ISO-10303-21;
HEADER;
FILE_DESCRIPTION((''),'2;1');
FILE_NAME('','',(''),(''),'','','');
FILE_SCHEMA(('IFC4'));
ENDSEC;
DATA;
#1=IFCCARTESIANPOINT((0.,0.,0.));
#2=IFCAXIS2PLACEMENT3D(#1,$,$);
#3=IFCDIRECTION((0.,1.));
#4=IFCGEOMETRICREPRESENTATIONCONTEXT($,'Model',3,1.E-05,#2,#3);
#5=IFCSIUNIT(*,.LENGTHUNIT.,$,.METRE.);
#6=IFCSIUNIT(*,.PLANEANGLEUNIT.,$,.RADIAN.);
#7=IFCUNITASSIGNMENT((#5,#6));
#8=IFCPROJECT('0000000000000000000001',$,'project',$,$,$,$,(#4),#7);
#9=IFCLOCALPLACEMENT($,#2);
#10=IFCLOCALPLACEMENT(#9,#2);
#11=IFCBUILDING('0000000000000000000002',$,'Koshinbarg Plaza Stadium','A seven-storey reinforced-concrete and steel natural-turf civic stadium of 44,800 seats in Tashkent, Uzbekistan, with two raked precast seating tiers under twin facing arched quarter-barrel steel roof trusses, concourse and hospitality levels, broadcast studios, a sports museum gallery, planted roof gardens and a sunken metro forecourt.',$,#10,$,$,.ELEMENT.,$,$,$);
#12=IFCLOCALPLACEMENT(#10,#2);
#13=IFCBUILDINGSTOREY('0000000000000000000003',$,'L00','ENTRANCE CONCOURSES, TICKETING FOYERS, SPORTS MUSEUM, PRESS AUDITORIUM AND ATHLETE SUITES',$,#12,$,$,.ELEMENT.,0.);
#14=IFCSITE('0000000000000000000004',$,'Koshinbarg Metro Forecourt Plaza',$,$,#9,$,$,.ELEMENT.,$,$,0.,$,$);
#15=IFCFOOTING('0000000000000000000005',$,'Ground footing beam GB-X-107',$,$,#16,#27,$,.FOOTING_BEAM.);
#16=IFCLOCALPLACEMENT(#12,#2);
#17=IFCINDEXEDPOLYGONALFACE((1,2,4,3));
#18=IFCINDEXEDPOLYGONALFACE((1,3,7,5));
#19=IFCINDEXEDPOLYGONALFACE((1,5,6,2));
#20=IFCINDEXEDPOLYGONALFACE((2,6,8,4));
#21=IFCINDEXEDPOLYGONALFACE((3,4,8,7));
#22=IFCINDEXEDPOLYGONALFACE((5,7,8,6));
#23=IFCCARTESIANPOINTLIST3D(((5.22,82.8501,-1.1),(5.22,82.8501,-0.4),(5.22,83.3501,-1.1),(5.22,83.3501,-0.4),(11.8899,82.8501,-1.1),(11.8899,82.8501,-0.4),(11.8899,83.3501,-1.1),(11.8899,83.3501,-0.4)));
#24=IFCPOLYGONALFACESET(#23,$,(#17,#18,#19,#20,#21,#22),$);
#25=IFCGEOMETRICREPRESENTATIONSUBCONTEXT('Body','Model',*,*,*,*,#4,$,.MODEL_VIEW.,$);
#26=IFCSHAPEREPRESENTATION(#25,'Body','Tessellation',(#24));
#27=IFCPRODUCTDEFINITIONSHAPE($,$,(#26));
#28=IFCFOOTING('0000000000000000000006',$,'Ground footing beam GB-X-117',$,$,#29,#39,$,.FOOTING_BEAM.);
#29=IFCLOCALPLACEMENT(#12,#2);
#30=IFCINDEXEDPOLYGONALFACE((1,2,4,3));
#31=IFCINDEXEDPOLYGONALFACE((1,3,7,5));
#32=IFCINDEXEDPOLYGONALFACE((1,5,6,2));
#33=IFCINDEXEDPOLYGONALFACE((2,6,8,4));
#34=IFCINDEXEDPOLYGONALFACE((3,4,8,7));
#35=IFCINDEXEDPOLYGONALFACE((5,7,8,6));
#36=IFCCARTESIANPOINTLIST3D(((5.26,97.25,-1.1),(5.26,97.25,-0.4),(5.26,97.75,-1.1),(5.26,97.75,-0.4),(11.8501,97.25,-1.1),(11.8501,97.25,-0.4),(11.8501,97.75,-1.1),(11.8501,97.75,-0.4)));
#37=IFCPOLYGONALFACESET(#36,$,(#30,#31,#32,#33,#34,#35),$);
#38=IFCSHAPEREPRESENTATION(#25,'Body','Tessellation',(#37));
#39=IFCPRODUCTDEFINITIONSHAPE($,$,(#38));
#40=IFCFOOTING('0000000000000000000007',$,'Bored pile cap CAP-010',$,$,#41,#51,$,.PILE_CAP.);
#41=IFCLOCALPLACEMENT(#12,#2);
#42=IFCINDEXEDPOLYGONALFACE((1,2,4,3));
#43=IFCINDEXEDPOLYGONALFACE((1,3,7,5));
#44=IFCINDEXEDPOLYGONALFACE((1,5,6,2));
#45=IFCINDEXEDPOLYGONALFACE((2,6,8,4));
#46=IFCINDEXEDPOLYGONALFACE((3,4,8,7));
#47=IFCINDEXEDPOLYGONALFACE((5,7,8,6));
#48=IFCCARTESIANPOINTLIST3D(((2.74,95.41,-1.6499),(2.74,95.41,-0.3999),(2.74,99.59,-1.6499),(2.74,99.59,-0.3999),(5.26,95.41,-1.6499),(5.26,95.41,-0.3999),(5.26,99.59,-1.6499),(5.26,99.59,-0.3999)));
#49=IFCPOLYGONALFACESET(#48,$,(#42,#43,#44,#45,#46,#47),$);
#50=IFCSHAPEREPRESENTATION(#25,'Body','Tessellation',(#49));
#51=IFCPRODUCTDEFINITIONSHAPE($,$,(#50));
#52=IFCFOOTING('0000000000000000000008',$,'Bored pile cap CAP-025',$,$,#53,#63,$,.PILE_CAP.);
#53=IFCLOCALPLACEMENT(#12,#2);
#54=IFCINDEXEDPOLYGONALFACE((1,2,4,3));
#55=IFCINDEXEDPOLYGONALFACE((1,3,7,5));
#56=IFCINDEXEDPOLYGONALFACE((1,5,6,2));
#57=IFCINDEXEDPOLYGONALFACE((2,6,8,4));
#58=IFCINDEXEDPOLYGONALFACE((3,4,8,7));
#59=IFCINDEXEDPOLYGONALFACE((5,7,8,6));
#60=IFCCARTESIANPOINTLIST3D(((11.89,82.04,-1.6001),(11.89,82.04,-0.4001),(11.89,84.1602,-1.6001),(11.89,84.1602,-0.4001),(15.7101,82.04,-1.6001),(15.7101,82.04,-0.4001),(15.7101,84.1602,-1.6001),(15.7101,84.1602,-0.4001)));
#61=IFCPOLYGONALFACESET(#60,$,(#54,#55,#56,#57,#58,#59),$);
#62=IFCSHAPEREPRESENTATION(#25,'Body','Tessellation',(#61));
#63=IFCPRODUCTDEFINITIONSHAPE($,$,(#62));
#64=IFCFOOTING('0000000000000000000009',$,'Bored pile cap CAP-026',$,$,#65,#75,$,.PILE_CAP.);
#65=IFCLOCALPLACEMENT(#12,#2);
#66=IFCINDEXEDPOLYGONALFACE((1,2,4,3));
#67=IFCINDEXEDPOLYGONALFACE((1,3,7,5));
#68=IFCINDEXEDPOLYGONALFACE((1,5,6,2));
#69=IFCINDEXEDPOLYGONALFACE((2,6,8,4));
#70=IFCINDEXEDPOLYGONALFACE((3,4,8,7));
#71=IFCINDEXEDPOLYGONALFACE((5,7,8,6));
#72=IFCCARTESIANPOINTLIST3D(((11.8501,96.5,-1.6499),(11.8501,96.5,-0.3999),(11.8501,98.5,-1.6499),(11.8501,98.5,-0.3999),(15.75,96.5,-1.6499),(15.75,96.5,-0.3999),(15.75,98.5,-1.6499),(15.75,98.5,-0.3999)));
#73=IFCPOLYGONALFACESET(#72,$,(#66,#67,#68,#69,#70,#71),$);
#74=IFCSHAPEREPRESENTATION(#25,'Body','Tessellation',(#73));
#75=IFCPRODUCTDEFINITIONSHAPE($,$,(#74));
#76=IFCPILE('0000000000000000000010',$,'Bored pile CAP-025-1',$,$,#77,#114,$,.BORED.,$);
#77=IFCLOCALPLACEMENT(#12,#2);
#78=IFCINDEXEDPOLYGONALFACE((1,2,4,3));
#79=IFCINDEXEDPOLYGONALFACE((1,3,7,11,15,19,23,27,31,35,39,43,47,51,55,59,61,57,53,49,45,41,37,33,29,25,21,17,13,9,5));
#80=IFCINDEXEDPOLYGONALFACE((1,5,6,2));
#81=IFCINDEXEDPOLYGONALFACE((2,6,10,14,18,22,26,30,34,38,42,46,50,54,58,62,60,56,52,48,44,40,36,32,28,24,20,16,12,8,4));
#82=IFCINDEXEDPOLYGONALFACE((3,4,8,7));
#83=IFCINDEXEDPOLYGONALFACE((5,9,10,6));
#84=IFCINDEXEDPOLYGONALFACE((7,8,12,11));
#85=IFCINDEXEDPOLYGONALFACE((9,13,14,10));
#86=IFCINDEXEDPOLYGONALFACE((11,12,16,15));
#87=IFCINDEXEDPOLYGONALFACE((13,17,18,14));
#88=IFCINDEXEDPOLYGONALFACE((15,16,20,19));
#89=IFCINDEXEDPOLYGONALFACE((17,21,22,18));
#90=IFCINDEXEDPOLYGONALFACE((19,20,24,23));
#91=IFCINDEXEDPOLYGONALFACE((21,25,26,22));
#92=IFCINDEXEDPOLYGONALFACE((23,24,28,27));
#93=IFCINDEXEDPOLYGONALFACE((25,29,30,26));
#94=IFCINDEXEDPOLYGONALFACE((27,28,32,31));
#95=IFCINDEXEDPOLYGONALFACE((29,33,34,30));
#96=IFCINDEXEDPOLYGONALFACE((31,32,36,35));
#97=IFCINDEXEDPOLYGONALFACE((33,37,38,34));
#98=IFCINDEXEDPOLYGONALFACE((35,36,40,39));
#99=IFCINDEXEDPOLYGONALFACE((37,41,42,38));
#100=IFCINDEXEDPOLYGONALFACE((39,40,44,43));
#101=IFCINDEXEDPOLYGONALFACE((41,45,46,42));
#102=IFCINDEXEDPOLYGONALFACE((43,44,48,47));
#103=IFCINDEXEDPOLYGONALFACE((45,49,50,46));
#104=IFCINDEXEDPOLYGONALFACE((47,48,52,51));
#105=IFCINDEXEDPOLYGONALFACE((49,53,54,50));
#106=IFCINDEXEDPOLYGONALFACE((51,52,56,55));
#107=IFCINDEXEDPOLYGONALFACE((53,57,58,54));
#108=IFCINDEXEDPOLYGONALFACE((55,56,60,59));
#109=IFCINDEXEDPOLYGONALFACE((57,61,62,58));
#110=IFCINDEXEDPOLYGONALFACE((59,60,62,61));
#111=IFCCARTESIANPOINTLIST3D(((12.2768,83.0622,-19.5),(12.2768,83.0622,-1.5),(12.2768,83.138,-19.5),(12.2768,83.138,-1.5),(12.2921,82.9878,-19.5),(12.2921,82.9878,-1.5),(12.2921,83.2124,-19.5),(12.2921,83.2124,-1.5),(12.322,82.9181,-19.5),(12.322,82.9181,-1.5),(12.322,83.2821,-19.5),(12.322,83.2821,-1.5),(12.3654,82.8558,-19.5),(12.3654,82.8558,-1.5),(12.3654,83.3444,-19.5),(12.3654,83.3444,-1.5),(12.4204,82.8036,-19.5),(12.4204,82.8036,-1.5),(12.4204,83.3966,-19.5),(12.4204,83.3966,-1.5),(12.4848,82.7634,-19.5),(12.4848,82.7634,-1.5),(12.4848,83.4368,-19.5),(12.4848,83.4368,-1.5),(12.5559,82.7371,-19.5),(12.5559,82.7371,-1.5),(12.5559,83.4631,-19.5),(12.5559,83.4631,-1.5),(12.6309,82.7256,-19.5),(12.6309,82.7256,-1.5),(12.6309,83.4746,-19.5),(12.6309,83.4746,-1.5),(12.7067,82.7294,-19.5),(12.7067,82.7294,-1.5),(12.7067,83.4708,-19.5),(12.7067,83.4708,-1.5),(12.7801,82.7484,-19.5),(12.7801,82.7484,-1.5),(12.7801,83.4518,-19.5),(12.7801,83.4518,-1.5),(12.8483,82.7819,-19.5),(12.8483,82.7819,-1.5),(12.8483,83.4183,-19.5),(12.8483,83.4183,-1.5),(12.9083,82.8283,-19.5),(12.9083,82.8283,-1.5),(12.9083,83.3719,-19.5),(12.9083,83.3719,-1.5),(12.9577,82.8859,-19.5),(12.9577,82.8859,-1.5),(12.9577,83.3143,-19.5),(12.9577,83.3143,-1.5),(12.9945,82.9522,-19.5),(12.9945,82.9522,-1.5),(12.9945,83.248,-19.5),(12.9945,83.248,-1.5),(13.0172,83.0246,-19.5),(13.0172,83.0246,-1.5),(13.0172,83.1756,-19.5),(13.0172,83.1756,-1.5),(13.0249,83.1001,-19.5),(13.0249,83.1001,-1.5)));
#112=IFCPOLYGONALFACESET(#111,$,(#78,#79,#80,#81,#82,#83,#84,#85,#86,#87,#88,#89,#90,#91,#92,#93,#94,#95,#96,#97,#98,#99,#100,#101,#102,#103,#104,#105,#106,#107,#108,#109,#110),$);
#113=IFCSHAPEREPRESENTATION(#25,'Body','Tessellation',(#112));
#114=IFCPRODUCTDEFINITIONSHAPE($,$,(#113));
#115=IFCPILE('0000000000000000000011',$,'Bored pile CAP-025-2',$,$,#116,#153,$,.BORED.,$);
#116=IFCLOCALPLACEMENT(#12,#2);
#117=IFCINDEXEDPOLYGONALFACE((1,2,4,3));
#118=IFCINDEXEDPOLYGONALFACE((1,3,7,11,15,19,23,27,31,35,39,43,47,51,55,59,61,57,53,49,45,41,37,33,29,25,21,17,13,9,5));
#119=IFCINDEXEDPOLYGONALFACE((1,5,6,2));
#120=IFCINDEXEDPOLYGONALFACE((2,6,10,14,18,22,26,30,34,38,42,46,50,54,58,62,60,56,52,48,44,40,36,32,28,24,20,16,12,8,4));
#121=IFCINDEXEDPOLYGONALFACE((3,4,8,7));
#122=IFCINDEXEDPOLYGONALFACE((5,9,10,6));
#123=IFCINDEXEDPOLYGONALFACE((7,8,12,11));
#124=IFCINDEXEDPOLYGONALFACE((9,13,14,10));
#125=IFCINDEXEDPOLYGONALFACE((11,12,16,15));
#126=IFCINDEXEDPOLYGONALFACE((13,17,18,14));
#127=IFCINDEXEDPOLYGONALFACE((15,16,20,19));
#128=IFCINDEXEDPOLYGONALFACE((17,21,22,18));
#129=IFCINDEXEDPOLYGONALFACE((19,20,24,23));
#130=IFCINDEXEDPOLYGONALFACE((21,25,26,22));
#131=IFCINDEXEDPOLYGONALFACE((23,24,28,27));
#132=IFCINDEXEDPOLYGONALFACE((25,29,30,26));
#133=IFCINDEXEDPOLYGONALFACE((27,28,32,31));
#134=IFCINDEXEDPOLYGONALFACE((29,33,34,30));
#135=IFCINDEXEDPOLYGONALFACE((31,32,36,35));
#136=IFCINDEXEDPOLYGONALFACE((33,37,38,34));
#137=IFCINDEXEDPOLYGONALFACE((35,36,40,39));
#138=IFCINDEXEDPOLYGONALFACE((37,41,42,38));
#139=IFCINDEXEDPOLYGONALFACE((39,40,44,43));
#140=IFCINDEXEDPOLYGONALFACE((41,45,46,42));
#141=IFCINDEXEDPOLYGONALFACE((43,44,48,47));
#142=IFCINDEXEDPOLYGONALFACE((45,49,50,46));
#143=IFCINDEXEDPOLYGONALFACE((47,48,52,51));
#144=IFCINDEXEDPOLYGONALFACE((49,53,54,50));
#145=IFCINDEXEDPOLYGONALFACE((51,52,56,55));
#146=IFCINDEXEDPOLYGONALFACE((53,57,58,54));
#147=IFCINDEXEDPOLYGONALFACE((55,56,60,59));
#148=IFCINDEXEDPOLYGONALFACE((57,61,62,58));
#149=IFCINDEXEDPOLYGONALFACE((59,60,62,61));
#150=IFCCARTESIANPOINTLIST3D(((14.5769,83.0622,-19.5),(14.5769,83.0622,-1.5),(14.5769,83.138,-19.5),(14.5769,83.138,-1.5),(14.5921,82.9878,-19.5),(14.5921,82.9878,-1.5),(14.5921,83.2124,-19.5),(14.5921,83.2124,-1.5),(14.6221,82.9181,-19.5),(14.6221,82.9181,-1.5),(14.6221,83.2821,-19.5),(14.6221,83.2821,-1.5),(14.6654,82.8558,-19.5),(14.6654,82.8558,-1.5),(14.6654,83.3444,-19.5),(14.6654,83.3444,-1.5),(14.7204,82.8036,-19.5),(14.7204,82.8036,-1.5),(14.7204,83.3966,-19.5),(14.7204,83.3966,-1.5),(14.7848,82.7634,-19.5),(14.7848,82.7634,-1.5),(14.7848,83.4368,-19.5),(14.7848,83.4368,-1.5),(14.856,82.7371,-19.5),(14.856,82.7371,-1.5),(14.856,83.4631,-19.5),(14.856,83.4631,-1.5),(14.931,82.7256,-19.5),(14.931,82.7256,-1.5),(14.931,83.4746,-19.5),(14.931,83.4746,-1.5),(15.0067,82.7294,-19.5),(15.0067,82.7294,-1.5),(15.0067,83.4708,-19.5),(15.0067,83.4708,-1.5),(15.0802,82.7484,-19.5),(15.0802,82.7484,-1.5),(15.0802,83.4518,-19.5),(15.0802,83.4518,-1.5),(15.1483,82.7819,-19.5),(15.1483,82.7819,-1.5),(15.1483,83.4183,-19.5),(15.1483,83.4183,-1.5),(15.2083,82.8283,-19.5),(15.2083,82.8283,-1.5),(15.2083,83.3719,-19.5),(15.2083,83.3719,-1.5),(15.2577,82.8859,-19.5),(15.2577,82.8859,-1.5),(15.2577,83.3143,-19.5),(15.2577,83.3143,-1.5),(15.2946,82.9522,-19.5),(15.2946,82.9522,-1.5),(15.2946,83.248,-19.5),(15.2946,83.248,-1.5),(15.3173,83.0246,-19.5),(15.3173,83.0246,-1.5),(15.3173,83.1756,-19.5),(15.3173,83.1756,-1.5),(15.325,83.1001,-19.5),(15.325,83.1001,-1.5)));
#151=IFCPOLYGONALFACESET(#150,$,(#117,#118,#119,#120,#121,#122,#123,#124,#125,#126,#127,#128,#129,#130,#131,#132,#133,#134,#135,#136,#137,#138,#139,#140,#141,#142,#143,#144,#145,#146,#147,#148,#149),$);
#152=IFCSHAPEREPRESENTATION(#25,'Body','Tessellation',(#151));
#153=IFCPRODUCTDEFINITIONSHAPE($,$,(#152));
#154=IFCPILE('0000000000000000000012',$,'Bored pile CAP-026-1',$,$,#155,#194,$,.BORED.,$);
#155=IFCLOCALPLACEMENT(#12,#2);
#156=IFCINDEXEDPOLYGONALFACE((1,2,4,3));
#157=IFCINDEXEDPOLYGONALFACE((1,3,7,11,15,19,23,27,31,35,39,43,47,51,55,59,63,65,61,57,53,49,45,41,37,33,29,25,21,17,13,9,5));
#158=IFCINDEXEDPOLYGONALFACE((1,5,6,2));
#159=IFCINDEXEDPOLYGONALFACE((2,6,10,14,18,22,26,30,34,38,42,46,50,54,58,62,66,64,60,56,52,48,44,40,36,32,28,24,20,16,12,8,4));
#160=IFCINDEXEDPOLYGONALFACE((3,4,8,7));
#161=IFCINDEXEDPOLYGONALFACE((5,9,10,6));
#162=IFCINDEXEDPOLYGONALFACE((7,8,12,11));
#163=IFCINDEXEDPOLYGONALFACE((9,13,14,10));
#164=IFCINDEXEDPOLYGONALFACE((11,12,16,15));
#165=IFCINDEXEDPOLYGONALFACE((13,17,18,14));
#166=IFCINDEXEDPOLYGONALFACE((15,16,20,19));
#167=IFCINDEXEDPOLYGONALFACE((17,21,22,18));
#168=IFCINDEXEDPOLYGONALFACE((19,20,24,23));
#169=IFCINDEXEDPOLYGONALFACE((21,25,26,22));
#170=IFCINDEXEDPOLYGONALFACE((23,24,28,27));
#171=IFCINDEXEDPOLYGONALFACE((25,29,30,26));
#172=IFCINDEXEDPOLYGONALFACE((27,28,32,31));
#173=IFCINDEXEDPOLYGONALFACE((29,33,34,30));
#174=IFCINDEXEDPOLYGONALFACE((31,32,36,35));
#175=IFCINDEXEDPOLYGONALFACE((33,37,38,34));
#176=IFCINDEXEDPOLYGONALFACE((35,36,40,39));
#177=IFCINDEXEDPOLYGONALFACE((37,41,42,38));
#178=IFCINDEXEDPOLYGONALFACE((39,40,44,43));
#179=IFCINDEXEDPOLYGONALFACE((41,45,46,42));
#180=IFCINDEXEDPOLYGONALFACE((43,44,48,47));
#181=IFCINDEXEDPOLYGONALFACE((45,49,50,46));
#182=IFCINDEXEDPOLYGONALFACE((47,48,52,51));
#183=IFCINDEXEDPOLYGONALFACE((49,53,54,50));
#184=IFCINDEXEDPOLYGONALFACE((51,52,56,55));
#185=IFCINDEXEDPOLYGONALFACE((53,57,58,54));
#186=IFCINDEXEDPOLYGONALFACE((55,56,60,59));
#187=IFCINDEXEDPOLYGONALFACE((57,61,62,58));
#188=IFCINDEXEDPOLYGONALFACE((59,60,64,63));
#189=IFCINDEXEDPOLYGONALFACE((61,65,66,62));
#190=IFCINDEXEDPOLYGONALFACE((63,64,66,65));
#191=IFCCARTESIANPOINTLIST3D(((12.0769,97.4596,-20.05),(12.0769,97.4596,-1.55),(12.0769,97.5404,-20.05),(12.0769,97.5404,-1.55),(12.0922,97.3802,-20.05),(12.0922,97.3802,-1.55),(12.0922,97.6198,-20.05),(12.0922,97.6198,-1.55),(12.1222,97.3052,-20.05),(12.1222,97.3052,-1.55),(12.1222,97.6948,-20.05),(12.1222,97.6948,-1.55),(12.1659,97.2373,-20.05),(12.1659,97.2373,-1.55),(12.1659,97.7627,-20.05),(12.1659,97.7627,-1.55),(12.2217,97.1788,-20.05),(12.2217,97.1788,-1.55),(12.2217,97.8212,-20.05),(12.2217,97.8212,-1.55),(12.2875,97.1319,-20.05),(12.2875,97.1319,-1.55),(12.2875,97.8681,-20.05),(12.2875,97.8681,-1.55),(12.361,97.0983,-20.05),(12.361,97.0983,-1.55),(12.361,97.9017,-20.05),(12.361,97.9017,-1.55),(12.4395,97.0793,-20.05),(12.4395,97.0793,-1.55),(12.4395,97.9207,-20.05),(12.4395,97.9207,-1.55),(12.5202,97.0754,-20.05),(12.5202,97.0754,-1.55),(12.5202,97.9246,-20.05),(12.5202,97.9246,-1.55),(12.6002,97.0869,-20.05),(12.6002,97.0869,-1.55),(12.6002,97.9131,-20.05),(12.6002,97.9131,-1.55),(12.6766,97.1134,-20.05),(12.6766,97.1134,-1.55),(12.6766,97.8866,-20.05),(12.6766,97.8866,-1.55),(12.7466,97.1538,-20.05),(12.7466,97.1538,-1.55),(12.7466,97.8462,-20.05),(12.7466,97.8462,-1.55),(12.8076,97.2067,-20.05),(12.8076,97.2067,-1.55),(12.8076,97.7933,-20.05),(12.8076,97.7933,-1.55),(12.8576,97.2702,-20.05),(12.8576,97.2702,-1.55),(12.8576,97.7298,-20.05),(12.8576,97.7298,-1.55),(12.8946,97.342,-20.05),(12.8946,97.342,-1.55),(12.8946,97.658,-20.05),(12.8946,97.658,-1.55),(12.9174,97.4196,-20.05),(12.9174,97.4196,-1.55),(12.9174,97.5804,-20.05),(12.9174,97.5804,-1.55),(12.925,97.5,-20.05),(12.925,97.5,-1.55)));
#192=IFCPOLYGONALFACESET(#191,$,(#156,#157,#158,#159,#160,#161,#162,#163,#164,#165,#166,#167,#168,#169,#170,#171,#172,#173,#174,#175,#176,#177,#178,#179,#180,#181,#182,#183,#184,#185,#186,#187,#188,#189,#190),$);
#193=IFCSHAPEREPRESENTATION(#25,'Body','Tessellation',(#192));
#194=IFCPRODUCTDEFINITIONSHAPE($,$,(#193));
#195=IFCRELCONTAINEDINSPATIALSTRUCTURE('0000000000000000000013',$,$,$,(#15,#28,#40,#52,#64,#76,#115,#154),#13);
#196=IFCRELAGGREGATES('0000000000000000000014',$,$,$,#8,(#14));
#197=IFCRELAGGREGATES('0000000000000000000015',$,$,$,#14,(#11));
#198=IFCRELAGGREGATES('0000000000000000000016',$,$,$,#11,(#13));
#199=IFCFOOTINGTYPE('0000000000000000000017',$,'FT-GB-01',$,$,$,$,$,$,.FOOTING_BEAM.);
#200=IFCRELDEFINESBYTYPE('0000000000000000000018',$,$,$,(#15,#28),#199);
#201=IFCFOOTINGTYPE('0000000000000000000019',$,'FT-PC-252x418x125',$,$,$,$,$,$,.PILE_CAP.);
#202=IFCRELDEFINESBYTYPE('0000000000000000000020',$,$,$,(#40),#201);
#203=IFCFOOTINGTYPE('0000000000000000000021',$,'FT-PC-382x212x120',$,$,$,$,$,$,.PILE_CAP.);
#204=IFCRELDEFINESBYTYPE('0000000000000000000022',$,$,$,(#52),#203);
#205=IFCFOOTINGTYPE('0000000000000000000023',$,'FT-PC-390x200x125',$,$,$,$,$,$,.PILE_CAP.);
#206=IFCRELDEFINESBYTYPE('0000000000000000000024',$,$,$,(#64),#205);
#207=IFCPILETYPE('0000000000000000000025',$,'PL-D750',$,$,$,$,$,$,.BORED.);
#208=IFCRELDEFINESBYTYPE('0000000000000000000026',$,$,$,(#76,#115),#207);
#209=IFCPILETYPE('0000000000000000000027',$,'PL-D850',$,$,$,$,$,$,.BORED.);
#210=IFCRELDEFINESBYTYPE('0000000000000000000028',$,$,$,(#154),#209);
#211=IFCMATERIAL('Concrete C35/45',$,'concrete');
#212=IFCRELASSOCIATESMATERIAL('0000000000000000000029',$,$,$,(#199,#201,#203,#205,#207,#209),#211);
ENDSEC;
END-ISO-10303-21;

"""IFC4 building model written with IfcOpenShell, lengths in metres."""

from ifc_helpers import new_model, si_unit, direction, frame, origin, origin_2d, place, context, subcontext, project, spatial, rectangle, circle, extrude, material, material_profile, profile_set, type_object, element, save


model = new_model("IFC4")

# Units and contexts
model_context = context("Model", 3, precision=1e-05, world=origin(), true_north=direction((0.0, 1.0)))
body_context = subcontext(model_context, "Body", "Model", "MODEL_VIEW")
ifc_project = project(units=[si_unit("LENGTHUNIT", "METRE"), si_unit("PLANEANGLEUNIT", "RADIAN")], contexts=[model_context])

# Site, building, storey
site_placement = place(None, origin())
site = spatial("IfcSite", under=ifc_project, at=site_placement, Name="Koshinbarg Metro Forecourt Plaza", CompositionType="ELEMENT", RefElevation=0.0)
building_placement = place(site_placement, origin())
building = spatial("IfcBuilding", under=site, at=building_placement, Name="Koshinbarg Plaza Stadium", Description="A seven-storey reinforced-concrete and steel natural-turf civic stadium of 44,800 seats in Tashkent, Uzbekistan, with two raked precast seating tiers under twin facing arched quarter-barrel steel roof trusses, concourse and hospitality levels, broadcast studios, a sports museum gallery, planted roof gardens and a sunken metro forecourt.", CompositionType="ELEMENT")
storey_placement = place(building_placement, origin())
storey = spatial("IfcBuildingStorey", under=building, at=storey_placement, Name="L00", Description="ENTRANCE CONCOURSES, TICKETING FOYERS, SPORTS MUSEUM, PRESS AUDITORIUM AND ATHLETE SUITES", CompositionType="ELEMENT", Elevation=0.0)

# Footings
ifc_material_1 = material(Name="Concrete C35/45", Category="concrete")
ifc_material_profile_1 = material_profile(ifc_material_1, rectangle(XDim=0.5, YDim=0.7, at=origin_2d()), Name="GB 500x700")
ifc_profile_set_1 = profile_set([ifc_material_profile_1], Name="Concrete C35/45")
footing_type_1 = type_object("IfcFootingType", Name="FT-GB-01", PredefinedType="FOOTING_BEAM", material=ifc_profile_set_1)
footing_1_placement = place(storey_placement, frame((5.22, 83.1001, -0.75), z_axis=(1.0, 0.0, 0.0), x_axis=(0.0, 1.0, 0.0)))
element("IfcFooting", 1, at=footing_1_placement, inside=storey, type_object=footing_type_1, Name="Ground footing beam GB-X-107", PredefinedType="FOOTING_BEAM", context=body_context, shape_type="SweptSolid", body=[
    extrude(rectangle(XDim=0.5, YDim=0.7, at=origin_2d()), origin(), (0.0, 0.0, 1.0), 6.6699),
])
footing_2_placement = place(storey_placement, frame((5.26, 97.5, -0.75), z_axis=(1.0, 0.0, 0.0), x_axis=(0.0, 1.0, 0.0)))
element("IfcFooting", 2, at=footing_2_placement, inside=storey, type_object=footing_type_1, Name="Ground footing beam GB-X-117", PredefinedType="FOOTING_BEAM", context=body_context, shape_type="SweptSolid", body=[
    extrude(rectangle(XDim=0.5, YDim=0.7, at=origin_2d()), origin(), (0.0, 0.0, 1.0), 6.5901),
])
footing_type_2 = type_object("IfcFootingType", Name="FT-PC-252x418x125", PredefinedType="PILE_CAP", material=ifc_material_1)
footing_3_placement = place(storey_placement, frame((4.0, 97.5, -1.6499), z_axis=(0.0, 0.0, 1.0), x_axis=(1.0, 0.0, 0.0)))
element("IfcFooting", 3, at=footing_3_placement, inside=storey, type_object=footing_type_2, Name="Bored pile cap CAP-010", PredefinedType="PILE_CAP", context=body_context, shape_type="SweptSolid", body=[
    extrude(rectangle(XDim=2.52, YDim=4.1799, at=origin_2d()), origin(), (0.0, 0.0, 1.0), 1.25),
])
footing_type_3 = type_object("IfcFootingType", Name="FT-PC-382x212x120", PredefinedType="PILE_CAP", material=ifc_material_1)
footing_4_placement = place(storey_placement, frame((13.8, 83.1001, -1.6001), z_axis=(0.0, 0.0, 1.0), x_axis=(1.0, 0.0, 0.0)))
element("IfcFooting", 4, at=footing_4_placement, inside=storey, type_object=footing_type_3, Name="Bored pile cap CAP-025", PredefinedType="PILE_CAP", context=body_context, shape_type="SweptSolid", body=[
    extrude(rectangle(XDim=3.8201, YDim=2.1201, at=origin_2d()), origin(), (0.0, 0.0, 1.0), 1.2),
])
footing_type_4 = type_object("IfcFootingType", Name="FT-PC-390x200x125", PredefinedType="PILE_CAP", material=ifc_material_1)
footing_5_placement = place(storey_placement, frame((13.8, 97.5, -1.6499), z_axis=(0.0, 0.0, 1.0), x_axis=(1.0, 0.0, 0.0)))
element("IfcFooting", 5, at=footing_5_placement, inside=storey, type_object=footing_type_4, Name="Bored pile cap CAP-026", PredefinedType="PILE_CAP", context=body_context, shape_type="SweptSolid", body=[
    extrude(rectangle(XDim=3.8999, YDim=2.0, at=origin_2d()), origin(), (0.0, 0.0, 1.0), 1.25),
])

# Piles
ifc_material_profile_2 = material_profile(ifc_material_1, circle(Radius=0.375, at=origin_2d()), Name="PILE D750")
ifc_profile_set_2 = profile_set([ifc_material_profile_2], Name="Concrete C35/45")
pile_type_1 = type_object("IfcPileType", Name="PL-D750", PredefinedType="BORED", material=ifc_profile_set_2)
for number, where, z_axis, x_axis, name in (
    (6, (12.6499, 83.1001, -1.5), (0.0, 0.0, -1.0), (1.0, 0.0, 0.0), "Bored pile CAP-025-1"),
    (7, (14.95, 83.1001, -1.5), (0.0, 0.0, -1.0), (1.0, 0.0, 0.0), "Bored pile CAP-025-2"),
):
    element("IfcPile", number, at=place(storey_placement, frame(where, z_axis=z_axis, x_axis=x_axis)), inside=storey, type_object=pile_type_1, Name=name, PredefinedType="BORED", context=body_context, shape_type="SweptSolid", body=[
        extrude(circle(Radius=0.375, at=origin_2d()), origin(), (0.0, 0.0, 1.0), 18.0),
    ])
ifc_material_profile_3 = material_profile(ifc_material_1, circle(Radius=0.425, at=origin_2d()), Name="PILE D850")
ifc_profile_set_3 = profile_set([ifc_material_profile_3], Name="Concrete C35/45")
pile_type_2 = type_object("IfcPileType", Name="PL-D850", PredefinedType="BORED", material=ifc_profile_set_3)
for number, where, z_axis, x_axis, name in (
    (8, (12.5, 97.5, -1.55), (0.0, 0.0, -1.0), (1.0, 0.0, 0.0), "Bored pile CAP-026-1"),
):
    element("IfcPile", number, at=place(storey_placement, frame(where, z_axis=z_axis, x_axis=x_axis)), inside=storey, type_object=pile_type_2, Name=name, PredefinedType="BORED", context=body_context, shape_type="SweptSolid", body=[
        extrude(circle(Radius=0.425, at=origin_2d()), origin(), (0.0, 0.0, 1.0), 18.5),
    ])

save(model, "model.ifc")
